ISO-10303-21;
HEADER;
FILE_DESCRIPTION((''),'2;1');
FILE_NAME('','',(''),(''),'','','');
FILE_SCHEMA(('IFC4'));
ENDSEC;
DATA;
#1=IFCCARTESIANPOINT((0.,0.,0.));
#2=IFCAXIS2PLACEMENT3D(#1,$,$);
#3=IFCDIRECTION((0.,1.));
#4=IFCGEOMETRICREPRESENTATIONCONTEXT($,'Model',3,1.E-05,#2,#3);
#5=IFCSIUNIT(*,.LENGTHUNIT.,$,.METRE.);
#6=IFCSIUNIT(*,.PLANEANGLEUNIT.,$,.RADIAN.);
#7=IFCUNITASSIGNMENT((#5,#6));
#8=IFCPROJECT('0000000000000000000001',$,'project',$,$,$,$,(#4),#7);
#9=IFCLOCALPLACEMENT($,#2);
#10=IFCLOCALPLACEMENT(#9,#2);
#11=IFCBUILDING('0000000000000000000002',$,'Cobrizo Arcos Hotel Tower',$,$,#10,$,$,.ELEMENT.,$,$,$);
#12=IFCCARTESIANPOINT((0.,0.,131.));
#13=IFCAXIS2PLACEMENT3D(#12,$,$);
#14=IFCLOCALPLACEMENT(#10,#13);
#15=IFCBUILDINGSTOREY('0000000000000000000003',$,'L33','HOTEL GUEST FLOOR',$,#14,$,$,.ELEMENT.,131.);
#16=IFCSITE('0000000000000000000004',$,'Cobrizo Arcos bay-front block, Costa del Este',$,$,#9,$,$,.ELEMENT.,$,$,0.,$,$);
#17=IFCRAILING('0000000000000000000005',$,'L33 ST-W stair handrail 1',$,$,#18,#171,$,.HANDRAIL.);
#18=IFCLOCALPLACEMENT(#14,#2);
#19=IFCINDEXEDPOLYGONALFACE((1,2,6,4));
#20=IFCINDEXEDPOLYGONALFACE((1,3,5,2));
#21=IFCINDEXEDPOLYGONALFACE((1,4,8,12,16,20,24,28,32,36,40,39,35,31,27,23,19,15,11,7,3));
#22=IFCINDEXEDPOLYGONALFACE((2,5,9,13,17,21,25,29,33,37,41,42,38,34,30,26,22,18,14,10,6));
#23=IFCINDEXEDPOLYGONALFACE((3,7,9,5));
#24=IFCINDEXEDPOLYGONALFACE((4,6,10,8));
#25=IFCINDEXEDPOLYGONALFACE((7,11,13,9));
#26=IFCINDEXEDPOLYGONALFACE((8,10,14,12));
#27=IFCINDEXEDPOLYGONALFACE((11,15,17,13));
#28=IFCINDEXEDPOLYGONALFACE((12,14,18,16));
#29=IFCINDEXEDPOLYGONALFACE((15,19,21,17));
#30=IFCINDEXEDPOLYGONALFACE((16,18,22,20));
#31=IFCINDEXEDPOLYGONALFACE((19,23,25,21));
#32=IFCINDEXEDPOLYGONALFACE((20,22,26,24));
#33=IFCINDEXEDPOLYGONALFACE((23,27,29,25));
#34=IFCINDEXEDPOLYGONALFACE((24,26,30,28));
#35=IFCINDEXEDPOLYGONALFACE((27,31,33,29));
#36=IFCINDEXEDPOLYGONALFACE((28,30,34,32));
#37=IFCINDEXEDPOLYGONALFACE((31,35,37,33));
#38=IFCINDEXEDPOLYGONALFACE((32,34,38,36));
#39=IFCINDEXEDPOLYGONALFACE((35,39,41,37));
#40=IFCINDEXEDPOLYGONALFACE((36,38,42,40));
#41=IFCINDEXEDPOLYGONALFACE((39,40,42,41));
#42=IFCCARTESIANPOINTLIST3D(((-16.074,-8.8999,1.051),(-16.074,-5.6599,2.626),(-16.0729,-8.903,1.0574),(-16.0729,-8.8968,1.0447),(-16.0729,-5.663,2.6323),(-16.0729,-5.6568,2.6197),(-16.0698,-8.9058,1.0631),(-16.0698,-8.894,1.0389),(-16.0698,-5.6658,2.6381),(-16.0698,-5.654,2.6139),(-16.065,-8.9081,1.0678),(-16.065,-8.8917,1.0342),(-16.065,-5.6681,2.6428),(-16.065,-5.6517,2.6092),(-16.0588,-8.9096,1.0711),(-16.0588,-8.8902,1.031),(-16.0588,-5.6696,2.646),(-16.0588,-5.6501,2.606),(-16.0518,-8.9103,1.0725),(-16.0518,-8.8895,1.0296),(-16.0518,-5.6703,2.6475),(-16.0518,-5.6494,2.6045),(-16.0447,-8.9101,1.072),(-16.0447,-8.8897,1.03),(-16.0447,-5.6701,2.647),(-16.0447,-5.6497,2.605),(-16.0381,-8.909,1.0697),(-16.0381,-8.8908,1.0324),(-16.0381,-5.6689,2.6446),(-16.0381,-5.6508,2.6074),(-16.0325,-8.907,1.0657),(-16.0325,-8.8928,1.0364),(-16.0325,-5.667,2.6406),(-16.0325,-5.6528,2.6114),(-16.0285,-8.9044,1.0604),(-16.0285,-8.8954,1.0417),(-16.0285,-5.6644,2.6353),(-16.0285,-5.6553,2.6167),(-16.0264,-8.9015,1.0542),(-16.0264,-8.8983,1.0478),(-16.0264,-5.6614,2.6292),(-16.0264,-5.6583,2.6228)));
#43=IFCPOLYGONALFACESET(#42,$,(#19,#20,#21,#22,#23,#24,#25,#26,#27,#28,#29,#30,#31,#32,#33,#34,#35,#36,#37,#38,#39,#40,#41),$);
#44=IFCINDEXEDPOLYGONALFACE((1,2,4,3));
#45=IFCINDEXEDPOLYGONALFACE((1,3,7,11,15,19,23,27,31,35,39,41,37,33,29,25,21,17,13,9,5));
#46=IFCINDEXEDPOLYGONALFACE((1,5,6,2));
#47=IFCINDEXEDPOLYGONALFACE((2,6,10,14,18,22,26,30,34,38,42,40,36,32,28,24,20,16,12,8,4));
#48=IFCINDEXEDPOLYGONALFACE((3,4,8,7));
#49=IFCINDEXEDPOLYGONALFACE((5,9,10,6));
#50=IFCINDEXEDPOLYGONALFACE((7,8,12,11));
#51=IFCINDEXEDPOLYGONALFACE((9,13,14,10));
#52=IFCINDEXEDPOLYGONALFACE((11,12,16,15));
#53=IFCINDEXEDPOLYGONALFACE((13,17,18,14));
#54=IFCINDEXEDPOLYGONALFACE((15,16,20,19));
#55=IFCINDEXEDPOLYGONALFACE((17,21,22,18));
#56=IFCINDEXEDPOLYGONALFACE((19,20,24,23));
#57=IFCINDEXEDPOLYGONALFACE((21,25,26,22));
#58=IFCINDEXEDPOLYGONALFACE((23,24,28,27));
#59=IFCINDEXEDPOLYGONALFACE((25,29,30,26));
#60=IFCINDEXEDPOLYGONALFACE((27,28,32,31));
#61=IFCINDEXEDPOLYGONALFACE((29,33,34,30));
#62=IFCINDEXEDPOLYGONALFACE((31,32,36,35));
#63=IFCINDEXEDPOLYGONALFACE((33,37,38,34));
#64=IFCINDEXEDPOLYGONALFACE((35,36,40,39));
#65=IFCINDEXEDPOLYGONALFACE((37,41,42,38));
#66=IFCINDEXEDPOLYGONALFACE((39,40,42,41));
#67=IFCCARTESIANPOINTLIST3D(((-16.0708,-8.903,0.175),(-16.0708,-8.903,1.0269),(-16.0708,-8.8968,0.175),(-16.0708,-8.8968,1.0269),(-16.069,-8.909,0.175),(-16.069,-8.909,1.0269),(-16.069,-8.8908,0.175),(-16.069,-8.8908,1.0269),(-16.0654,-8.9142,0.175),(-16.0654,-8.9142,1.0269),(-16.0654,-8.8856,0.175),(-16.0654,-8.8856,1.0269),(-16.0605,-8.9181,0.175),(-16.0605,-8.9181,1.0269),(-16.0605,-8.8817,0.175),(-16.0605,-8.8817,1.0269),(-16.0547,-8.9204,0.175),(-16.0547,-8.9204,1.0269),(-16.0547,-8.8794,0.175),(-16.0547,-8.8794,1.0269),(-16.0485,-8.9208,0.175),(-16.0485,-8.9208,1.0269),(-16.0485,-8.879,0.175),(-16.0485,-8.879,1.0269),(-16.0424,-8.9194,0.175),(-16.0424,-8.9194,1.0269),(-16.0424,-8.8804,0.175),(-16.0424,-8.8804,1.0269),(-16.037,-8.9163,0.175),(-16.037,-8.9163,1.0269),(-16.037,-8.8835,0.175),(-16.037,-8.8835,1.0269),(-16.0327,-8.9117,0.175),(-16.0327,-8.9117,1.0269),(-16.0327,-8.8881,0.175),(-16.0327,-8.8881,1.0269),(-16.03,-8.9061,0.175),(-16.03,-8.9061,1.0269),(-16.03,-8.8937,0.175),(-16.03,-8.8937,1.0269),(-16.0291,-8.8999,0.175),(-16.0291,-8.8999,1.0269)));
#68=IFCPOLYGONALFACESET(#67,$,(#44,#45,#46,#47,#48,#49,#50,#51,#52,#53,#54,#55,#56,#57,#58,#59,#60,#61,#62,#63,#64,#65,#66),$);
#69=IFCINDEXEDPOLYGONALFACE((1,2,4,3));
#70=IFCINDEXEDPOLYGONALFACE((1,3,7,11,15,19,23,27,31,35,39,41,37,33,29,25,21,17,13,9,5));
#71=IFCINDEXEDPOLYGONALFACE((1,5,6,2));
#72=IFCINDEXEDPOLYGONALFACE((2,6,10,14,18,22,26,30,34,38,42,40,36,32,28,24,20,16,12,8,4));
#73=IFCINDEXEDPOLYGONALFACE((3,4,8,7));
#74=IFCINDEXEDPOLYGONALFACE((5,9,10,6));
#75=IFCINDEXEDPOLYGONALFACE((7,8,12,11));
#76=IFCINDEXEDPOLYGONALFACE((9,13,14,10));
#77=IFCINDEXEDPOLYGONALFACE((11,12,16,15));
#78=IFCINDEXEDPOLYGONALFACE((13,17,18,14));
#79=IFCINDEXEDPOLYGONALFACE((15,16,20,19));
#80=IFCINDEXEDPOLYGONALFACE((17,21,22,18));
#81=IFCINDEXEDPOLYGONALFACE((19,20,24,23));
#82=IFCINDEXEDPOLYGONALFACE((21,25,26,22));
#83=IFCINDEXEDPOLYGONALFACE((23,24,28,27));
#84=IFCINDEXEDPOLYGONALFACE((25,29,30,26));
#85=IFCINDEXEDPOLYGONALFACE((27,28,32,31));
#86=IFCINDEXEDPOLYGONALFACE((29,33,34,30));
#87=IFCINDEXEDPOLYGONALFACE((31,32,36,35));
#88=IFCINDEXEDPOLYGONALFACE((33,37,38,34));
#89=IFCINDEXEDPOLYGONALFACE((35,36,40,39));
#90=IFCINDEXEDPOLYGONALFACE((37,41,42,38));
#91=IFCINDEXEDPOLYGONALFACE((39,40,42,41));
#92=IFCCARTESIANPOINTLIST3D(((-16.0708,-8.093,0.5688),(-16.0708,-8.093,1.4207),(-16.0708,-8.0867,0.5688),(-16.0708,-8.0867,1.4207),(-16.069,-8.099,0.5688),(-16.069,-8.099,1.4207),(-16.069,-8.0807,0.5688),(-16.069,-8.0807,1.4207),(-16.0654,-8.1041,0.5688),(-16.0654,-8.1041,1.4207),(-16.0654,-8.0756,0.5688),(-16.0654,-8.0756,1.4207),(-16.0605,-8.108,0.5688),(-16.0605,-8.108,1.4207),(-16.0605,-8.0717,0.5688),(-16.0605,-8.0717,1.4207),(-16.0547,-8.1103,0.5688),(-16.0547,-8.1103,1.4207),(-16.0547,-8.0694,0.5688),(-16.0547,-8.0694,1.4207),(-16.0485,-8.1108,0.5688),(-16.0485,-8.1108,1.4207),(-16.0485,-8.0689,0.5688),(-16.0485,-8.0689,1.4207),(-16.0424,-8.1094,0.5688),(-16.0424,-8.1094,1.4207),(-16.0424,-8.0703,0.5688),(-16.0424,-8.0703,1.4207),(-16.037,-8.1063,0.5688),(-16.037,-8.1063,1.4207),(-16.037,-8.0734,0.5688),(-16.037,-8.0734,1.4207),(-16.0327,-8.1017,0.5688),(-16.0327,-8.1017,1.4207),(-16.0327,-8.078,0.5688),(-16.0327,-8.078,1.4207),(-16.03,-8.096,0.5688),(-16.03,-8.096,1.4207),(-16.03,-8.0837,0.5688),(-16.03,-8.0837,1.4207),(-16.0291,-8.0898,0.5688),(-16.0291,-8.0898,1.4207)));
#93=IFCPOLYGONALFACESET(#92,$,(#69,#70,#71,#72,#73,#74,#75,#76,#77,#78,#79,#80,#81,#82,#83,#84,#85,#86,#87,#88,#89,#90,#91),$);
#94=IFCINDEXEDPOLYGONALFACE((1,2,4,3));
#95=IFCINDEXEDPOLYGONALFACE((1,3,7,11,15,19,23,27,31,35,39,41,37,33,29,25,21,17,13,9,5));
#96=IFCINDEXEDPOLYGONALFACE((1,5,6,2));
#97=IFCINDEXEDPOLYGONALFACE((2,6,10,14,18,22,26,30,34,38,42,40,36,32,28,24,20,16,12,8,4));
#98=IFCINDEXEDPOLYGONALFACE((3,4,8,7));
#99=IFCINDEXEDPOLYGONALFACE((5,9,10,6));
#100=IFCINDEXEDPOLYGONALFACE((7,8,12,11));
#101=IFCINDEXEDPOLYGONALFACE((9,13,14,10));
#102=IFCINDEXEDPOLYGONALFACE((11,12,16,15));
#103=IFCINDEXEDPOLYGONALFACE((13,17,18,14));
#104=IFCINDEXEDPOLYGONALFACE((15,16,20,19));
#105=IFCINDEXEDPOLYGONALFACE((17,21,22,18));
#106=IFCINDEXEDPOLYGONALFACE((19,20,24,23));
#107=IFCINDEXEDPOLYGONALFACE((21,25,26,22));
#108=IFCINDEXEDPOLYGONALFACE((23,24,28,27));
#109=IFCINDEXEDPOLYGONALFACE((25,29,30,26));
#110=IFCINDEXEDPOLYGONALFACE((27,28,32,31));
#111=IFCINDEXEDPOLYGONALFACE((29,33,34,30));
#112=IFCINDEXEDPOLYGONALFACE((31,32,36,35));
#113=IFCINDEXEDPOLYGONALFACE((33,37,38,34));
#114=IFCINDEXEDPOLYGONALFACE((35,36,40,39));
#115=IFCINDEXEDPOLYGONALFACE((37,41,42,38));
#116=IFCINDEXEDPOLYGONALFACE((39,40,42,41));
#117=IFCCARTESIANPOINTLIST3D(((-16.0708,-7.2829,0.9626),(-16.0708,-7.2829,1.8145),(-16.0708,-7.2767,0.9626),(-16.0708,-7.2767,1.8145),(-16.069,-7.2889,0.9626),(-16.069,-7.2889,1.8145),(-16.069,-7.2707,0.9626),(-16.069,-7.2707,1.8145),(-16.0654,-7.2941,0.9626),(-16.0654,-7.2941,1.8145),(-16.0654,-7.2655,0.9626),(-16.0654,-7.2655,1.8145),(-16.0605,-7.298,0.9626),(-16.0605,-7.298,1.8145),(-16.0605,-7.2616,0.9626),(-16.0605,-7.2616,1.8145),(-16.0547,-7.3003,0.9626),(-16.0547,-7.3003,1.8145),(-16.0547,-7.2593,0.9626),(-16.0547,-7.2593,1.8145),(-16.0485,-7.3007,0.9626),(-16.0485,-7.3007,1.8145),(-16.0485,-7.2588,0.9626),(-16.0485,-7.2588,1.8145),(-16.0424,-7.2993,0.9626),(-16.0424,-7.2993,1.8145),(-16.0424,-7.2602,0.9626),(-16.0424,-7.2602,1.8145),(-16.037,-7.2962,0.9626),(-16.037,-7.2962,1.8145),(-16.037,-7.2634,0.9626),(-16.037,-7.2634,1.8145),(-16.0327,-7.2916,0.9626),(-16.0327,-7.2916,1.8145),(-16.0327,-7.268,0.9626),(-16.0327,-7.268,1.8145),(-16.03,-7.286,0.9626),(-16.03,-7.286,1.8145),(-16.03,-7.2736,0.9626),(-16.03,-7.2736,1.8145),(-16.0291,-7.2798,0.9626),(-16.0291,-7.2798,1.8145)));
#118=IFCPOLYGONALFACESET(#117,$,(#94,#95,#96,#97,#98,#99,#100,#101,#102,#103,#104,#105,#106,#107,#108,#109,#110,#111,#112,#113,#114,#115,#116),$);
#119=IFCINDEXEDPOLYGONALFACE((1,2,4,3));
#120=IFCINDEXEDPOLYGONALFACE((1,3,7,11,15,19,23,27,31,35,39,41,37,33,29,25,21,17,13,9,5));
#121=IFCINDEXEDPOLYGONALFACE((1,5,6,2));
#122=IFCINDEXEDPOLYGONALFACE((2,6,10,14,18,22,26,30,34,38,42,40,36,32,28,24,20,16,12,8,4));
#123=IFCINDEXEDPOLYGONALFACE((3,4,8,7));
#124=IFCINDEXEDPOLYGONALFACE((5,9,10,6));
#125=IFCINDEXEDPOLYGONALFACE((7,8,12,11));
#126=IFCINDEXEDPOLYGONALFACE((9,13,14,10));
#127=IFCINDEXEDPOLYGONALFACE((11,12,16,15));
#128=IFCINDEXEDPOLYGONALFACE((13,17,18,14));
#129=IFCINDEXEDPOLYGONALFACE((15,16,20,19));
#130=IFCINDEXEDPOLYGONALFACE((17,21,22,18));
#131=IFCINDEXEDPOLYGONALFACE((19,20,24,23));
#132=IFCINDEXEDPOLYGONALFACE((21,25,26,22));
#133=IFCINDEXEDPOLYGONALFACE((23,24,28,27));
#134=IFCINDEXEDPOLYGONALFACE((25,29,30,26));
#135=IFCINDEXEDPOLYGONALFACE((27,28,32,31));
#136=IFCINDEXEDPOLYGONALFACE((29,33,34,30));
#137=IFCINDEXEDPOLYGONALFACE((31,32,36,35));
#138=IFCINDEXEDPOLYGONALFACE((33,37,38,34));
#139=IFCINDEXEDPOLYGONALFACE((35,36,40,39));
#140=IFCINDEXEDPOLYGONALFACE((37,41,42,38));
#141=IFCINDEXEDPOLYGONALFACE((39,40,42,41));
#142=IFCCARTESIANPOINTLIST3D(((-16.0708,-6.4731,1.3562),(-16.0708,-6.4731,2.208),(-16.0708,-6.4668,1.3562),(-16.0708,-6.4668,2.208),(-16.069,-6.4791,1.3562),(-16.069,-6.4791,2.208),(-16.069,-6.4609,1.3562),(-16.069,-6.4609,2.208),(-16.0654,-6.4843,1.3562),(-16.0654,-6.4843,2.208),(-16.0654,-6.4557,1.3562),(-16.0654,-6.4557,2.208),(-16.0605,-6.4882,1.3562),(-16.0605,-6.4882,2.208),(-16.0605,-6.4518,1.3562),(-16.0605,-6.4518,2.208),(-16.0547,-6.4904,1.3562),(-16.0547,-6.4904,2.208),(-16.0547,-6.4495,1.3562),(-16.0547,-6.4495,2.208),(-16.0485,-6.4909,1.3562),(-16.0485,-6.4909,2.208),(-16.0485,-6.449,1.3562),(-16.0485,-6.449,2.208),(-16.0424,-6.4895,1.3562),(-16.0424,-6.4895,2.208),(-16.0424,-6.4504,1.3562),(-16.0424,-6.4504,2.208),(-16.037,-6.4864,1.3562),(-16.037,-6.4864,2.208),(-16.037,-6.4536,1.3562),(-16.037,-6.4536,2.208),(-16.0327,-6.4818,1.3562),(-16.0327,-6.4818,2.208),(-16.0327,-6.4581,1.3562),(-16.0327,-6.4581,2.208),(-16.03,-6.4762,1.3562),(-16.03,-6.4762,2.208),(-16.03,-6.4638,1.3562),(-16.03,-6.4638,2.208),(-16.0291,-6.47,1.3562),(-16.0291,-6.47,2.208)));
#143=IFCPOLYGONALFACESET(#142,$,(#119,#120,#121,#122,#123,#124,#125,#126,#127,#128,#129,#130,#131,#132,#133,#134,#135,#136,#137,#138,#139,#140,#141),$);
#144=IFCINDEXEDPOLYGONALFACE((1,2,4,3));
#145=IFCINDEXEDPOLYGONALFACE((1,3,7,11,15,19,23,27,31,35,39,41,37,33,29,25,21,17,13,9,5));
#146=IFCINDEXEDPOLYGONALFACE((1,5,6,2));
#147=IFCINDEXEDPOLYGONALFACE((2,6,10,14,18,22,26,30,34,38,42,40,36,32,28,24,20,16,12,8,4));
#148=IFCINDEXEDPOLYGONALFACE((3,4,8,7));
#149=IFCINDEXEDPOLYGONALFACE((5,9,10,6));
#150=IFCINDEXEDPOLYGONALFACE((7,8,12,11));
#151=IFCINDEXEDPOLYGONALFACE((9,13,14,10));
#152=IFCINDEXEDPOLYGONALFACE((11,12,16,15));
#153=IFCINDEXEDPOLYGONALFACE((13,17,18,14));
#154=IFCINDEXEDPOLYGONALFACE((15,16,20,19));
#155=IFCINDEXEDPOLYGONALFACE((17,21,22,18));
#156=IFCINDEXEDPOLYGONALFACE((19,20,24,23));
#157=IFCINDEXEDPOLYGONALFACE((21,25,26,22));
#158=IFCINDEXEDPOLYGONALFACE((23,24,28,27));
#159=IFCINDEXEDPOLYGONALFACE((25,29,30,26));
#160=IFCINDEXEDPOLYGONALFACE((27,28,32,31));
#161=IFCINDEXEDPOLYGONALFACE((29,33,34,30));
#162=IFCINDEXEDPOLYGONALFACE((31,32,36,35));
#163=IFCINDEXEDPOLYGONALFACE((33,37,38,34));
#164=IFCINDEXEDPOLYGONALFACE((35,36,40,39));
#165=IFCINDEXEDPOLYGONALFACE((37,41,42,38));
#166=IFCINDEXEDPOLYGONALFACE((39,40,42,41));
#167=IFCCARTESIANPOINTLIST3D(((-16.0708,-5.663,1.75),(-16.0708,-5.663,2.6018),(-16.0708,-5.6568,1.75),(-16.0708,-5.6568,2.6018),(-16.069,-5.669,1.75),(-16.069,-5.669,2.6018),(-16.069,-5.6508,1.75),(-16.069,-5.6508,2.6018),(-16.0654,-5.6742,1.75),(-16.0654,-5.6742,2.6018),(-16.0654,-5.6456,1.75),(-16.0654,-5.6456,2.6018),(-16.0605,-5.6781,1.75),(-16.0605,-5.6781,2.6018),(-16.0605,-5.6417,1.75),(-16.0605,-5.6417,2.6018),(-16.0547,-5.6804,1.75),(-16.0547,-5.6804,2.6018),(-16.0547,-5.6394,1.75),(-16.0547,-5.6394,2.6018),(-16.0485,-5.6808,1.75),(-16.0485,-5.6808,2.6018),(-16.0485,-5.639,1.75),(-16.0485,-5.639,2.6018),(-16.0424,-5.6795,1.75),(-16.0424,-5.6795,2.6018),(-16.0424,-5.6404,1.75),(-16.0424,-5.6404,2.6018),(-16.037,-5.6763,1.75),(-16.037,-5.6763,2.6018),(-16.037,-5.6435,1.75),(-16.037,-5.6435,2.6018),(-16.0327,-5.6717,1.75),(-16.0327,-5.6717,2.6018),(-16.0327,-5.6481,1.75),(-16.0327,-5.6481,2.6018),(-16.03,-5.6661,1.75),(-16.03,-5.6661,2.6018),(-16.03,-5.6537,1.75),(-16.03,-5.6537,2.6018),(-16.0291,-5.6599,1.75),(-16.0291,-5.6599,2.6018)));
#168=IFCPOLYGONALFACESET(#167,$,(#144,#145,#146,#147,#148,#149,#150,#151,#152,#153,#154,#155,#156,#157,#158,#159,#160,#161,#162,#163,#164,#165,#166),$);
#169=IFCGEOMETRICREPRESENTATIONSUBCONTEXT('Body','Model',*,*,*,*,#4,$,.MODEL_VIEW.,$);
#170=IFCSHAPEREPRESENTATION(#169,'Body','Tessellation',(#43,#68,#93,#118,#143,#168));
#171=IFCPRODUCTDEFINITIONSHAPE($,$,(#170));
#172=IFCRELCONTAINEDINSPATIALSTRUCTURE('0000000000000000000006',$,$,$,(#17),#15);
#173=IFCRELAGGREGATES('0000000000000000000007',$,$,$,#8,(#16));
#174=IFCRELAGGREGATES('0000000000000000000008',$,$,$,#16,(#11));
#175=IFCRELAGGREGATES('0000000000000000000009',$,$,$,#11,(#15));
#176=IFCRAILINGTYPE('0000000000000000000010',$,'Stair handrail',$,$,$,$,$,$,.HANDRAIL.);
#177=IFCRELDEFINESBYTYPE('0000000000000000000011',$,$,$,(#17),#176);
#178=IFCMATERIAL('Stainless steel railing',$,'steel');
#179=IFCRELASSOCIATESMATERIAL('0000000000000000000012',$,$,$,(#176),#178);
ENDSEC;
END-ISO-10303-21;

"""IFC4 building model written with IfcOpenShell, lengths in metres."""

from ifc_helpers import new_model, si_unit, direction, frame, origin, origin_2d, place, context, subcontext, project, spatial, circle, extrude, material, type_object, element, save


model = new_model("IFC4")

# Units and contexts
model_context = context("Model", 3, precision=1e-05, world=origin(), true_north=direction((0.0, 1.0)))
body_context = subcontext(model_context, "Body", "Model", "MODEL_VIEW")
ifc_project = project(units=[si_unit("LENGTHUNIT", "METRE"), si_unit("PLANEANGLEUNIT", "RADIAN")], contexts=[model_context])

# Site, building, storey
site_placement = place(None, origin())
site = spatial("IfcSite", under=ifc_project, at=site_placement, Name="Cobrizo Arcos bay-front block, Costa del Este", CompositionType="ELEMENT", RefElevation=0.0)
building_placement = place(site_placement, origin())
building = spatial("IfcBuilding", under=site, at=building_placement, Name="Cobrizo Arcos Hotel Tower", CompositionType="ELEMENT")
storey_placement = place(building_placement, frame((0.0, 0.0, 131.0)))
storey = spatial("IfcBuildingStorey", under=building, at=storey_placement, Name="L33", Description="HOTEL GUEST FLOOR", CompositionType="ELEMENT", Elevation=131.0)

# Railing
ifc_material_1 = material(Name="Stainless steel railing", Category="steel")
railing_type_1 = type_object("IfcRailingType", Name="Stair handrail", PredefinedType="HANDRAIL", material=ifc_material_1)
railing_1_placement = place(storey_placement, frame((-16.05, -8.8999, 0.175)))
element("IfcRailing", 1, at=railing_1_placement, inside=storey, type_object=railing_type_1, Name="L33 ST-W stair handrail 1", PredefinedType="HANDRAIL", context=body_context, shape_type="SweptSolid", body=[
    extrude(circle(Radius=0.0239, at=origin_2d()), frame((0.0, 0.0, 0.876), z_axis=(0.0, 0.899373, 0.437183), x_axis=(-1.0, 0.0, 0.0)), (0.0, 0.0, 1.0), 3.6025),
    extrude(circle(Radius=0.021, at=origin_2d()), origin(), (0.0, 0.0, 1.0), 0.8518),
    extrude(circle(Radius=0.021, at=origin_2d()), frame((0.0, 0.8101, 0.3938)), (0.0, 0.0, 1.0), 0.8518),
    extrude(circle(Radius=0.021, at=origin_2d()), frame((0.0, 1.6201, 0.7876)), (0.0, 0.0, 1.0), 0.8518),
    extrude(circle(Radius=0.021, at=origin_2d()), frame((0.0, 2.4299, 1.1812)), (0.0, 0.0, 1.0), 0.8518),
    extrude(circle(Radius=0.021, at=origin_2d()), frame((0.0, 3.24, 1.575)), (0.0, 0.0, 1.0), 0.8518),
])

save(model, "model.ifc")
